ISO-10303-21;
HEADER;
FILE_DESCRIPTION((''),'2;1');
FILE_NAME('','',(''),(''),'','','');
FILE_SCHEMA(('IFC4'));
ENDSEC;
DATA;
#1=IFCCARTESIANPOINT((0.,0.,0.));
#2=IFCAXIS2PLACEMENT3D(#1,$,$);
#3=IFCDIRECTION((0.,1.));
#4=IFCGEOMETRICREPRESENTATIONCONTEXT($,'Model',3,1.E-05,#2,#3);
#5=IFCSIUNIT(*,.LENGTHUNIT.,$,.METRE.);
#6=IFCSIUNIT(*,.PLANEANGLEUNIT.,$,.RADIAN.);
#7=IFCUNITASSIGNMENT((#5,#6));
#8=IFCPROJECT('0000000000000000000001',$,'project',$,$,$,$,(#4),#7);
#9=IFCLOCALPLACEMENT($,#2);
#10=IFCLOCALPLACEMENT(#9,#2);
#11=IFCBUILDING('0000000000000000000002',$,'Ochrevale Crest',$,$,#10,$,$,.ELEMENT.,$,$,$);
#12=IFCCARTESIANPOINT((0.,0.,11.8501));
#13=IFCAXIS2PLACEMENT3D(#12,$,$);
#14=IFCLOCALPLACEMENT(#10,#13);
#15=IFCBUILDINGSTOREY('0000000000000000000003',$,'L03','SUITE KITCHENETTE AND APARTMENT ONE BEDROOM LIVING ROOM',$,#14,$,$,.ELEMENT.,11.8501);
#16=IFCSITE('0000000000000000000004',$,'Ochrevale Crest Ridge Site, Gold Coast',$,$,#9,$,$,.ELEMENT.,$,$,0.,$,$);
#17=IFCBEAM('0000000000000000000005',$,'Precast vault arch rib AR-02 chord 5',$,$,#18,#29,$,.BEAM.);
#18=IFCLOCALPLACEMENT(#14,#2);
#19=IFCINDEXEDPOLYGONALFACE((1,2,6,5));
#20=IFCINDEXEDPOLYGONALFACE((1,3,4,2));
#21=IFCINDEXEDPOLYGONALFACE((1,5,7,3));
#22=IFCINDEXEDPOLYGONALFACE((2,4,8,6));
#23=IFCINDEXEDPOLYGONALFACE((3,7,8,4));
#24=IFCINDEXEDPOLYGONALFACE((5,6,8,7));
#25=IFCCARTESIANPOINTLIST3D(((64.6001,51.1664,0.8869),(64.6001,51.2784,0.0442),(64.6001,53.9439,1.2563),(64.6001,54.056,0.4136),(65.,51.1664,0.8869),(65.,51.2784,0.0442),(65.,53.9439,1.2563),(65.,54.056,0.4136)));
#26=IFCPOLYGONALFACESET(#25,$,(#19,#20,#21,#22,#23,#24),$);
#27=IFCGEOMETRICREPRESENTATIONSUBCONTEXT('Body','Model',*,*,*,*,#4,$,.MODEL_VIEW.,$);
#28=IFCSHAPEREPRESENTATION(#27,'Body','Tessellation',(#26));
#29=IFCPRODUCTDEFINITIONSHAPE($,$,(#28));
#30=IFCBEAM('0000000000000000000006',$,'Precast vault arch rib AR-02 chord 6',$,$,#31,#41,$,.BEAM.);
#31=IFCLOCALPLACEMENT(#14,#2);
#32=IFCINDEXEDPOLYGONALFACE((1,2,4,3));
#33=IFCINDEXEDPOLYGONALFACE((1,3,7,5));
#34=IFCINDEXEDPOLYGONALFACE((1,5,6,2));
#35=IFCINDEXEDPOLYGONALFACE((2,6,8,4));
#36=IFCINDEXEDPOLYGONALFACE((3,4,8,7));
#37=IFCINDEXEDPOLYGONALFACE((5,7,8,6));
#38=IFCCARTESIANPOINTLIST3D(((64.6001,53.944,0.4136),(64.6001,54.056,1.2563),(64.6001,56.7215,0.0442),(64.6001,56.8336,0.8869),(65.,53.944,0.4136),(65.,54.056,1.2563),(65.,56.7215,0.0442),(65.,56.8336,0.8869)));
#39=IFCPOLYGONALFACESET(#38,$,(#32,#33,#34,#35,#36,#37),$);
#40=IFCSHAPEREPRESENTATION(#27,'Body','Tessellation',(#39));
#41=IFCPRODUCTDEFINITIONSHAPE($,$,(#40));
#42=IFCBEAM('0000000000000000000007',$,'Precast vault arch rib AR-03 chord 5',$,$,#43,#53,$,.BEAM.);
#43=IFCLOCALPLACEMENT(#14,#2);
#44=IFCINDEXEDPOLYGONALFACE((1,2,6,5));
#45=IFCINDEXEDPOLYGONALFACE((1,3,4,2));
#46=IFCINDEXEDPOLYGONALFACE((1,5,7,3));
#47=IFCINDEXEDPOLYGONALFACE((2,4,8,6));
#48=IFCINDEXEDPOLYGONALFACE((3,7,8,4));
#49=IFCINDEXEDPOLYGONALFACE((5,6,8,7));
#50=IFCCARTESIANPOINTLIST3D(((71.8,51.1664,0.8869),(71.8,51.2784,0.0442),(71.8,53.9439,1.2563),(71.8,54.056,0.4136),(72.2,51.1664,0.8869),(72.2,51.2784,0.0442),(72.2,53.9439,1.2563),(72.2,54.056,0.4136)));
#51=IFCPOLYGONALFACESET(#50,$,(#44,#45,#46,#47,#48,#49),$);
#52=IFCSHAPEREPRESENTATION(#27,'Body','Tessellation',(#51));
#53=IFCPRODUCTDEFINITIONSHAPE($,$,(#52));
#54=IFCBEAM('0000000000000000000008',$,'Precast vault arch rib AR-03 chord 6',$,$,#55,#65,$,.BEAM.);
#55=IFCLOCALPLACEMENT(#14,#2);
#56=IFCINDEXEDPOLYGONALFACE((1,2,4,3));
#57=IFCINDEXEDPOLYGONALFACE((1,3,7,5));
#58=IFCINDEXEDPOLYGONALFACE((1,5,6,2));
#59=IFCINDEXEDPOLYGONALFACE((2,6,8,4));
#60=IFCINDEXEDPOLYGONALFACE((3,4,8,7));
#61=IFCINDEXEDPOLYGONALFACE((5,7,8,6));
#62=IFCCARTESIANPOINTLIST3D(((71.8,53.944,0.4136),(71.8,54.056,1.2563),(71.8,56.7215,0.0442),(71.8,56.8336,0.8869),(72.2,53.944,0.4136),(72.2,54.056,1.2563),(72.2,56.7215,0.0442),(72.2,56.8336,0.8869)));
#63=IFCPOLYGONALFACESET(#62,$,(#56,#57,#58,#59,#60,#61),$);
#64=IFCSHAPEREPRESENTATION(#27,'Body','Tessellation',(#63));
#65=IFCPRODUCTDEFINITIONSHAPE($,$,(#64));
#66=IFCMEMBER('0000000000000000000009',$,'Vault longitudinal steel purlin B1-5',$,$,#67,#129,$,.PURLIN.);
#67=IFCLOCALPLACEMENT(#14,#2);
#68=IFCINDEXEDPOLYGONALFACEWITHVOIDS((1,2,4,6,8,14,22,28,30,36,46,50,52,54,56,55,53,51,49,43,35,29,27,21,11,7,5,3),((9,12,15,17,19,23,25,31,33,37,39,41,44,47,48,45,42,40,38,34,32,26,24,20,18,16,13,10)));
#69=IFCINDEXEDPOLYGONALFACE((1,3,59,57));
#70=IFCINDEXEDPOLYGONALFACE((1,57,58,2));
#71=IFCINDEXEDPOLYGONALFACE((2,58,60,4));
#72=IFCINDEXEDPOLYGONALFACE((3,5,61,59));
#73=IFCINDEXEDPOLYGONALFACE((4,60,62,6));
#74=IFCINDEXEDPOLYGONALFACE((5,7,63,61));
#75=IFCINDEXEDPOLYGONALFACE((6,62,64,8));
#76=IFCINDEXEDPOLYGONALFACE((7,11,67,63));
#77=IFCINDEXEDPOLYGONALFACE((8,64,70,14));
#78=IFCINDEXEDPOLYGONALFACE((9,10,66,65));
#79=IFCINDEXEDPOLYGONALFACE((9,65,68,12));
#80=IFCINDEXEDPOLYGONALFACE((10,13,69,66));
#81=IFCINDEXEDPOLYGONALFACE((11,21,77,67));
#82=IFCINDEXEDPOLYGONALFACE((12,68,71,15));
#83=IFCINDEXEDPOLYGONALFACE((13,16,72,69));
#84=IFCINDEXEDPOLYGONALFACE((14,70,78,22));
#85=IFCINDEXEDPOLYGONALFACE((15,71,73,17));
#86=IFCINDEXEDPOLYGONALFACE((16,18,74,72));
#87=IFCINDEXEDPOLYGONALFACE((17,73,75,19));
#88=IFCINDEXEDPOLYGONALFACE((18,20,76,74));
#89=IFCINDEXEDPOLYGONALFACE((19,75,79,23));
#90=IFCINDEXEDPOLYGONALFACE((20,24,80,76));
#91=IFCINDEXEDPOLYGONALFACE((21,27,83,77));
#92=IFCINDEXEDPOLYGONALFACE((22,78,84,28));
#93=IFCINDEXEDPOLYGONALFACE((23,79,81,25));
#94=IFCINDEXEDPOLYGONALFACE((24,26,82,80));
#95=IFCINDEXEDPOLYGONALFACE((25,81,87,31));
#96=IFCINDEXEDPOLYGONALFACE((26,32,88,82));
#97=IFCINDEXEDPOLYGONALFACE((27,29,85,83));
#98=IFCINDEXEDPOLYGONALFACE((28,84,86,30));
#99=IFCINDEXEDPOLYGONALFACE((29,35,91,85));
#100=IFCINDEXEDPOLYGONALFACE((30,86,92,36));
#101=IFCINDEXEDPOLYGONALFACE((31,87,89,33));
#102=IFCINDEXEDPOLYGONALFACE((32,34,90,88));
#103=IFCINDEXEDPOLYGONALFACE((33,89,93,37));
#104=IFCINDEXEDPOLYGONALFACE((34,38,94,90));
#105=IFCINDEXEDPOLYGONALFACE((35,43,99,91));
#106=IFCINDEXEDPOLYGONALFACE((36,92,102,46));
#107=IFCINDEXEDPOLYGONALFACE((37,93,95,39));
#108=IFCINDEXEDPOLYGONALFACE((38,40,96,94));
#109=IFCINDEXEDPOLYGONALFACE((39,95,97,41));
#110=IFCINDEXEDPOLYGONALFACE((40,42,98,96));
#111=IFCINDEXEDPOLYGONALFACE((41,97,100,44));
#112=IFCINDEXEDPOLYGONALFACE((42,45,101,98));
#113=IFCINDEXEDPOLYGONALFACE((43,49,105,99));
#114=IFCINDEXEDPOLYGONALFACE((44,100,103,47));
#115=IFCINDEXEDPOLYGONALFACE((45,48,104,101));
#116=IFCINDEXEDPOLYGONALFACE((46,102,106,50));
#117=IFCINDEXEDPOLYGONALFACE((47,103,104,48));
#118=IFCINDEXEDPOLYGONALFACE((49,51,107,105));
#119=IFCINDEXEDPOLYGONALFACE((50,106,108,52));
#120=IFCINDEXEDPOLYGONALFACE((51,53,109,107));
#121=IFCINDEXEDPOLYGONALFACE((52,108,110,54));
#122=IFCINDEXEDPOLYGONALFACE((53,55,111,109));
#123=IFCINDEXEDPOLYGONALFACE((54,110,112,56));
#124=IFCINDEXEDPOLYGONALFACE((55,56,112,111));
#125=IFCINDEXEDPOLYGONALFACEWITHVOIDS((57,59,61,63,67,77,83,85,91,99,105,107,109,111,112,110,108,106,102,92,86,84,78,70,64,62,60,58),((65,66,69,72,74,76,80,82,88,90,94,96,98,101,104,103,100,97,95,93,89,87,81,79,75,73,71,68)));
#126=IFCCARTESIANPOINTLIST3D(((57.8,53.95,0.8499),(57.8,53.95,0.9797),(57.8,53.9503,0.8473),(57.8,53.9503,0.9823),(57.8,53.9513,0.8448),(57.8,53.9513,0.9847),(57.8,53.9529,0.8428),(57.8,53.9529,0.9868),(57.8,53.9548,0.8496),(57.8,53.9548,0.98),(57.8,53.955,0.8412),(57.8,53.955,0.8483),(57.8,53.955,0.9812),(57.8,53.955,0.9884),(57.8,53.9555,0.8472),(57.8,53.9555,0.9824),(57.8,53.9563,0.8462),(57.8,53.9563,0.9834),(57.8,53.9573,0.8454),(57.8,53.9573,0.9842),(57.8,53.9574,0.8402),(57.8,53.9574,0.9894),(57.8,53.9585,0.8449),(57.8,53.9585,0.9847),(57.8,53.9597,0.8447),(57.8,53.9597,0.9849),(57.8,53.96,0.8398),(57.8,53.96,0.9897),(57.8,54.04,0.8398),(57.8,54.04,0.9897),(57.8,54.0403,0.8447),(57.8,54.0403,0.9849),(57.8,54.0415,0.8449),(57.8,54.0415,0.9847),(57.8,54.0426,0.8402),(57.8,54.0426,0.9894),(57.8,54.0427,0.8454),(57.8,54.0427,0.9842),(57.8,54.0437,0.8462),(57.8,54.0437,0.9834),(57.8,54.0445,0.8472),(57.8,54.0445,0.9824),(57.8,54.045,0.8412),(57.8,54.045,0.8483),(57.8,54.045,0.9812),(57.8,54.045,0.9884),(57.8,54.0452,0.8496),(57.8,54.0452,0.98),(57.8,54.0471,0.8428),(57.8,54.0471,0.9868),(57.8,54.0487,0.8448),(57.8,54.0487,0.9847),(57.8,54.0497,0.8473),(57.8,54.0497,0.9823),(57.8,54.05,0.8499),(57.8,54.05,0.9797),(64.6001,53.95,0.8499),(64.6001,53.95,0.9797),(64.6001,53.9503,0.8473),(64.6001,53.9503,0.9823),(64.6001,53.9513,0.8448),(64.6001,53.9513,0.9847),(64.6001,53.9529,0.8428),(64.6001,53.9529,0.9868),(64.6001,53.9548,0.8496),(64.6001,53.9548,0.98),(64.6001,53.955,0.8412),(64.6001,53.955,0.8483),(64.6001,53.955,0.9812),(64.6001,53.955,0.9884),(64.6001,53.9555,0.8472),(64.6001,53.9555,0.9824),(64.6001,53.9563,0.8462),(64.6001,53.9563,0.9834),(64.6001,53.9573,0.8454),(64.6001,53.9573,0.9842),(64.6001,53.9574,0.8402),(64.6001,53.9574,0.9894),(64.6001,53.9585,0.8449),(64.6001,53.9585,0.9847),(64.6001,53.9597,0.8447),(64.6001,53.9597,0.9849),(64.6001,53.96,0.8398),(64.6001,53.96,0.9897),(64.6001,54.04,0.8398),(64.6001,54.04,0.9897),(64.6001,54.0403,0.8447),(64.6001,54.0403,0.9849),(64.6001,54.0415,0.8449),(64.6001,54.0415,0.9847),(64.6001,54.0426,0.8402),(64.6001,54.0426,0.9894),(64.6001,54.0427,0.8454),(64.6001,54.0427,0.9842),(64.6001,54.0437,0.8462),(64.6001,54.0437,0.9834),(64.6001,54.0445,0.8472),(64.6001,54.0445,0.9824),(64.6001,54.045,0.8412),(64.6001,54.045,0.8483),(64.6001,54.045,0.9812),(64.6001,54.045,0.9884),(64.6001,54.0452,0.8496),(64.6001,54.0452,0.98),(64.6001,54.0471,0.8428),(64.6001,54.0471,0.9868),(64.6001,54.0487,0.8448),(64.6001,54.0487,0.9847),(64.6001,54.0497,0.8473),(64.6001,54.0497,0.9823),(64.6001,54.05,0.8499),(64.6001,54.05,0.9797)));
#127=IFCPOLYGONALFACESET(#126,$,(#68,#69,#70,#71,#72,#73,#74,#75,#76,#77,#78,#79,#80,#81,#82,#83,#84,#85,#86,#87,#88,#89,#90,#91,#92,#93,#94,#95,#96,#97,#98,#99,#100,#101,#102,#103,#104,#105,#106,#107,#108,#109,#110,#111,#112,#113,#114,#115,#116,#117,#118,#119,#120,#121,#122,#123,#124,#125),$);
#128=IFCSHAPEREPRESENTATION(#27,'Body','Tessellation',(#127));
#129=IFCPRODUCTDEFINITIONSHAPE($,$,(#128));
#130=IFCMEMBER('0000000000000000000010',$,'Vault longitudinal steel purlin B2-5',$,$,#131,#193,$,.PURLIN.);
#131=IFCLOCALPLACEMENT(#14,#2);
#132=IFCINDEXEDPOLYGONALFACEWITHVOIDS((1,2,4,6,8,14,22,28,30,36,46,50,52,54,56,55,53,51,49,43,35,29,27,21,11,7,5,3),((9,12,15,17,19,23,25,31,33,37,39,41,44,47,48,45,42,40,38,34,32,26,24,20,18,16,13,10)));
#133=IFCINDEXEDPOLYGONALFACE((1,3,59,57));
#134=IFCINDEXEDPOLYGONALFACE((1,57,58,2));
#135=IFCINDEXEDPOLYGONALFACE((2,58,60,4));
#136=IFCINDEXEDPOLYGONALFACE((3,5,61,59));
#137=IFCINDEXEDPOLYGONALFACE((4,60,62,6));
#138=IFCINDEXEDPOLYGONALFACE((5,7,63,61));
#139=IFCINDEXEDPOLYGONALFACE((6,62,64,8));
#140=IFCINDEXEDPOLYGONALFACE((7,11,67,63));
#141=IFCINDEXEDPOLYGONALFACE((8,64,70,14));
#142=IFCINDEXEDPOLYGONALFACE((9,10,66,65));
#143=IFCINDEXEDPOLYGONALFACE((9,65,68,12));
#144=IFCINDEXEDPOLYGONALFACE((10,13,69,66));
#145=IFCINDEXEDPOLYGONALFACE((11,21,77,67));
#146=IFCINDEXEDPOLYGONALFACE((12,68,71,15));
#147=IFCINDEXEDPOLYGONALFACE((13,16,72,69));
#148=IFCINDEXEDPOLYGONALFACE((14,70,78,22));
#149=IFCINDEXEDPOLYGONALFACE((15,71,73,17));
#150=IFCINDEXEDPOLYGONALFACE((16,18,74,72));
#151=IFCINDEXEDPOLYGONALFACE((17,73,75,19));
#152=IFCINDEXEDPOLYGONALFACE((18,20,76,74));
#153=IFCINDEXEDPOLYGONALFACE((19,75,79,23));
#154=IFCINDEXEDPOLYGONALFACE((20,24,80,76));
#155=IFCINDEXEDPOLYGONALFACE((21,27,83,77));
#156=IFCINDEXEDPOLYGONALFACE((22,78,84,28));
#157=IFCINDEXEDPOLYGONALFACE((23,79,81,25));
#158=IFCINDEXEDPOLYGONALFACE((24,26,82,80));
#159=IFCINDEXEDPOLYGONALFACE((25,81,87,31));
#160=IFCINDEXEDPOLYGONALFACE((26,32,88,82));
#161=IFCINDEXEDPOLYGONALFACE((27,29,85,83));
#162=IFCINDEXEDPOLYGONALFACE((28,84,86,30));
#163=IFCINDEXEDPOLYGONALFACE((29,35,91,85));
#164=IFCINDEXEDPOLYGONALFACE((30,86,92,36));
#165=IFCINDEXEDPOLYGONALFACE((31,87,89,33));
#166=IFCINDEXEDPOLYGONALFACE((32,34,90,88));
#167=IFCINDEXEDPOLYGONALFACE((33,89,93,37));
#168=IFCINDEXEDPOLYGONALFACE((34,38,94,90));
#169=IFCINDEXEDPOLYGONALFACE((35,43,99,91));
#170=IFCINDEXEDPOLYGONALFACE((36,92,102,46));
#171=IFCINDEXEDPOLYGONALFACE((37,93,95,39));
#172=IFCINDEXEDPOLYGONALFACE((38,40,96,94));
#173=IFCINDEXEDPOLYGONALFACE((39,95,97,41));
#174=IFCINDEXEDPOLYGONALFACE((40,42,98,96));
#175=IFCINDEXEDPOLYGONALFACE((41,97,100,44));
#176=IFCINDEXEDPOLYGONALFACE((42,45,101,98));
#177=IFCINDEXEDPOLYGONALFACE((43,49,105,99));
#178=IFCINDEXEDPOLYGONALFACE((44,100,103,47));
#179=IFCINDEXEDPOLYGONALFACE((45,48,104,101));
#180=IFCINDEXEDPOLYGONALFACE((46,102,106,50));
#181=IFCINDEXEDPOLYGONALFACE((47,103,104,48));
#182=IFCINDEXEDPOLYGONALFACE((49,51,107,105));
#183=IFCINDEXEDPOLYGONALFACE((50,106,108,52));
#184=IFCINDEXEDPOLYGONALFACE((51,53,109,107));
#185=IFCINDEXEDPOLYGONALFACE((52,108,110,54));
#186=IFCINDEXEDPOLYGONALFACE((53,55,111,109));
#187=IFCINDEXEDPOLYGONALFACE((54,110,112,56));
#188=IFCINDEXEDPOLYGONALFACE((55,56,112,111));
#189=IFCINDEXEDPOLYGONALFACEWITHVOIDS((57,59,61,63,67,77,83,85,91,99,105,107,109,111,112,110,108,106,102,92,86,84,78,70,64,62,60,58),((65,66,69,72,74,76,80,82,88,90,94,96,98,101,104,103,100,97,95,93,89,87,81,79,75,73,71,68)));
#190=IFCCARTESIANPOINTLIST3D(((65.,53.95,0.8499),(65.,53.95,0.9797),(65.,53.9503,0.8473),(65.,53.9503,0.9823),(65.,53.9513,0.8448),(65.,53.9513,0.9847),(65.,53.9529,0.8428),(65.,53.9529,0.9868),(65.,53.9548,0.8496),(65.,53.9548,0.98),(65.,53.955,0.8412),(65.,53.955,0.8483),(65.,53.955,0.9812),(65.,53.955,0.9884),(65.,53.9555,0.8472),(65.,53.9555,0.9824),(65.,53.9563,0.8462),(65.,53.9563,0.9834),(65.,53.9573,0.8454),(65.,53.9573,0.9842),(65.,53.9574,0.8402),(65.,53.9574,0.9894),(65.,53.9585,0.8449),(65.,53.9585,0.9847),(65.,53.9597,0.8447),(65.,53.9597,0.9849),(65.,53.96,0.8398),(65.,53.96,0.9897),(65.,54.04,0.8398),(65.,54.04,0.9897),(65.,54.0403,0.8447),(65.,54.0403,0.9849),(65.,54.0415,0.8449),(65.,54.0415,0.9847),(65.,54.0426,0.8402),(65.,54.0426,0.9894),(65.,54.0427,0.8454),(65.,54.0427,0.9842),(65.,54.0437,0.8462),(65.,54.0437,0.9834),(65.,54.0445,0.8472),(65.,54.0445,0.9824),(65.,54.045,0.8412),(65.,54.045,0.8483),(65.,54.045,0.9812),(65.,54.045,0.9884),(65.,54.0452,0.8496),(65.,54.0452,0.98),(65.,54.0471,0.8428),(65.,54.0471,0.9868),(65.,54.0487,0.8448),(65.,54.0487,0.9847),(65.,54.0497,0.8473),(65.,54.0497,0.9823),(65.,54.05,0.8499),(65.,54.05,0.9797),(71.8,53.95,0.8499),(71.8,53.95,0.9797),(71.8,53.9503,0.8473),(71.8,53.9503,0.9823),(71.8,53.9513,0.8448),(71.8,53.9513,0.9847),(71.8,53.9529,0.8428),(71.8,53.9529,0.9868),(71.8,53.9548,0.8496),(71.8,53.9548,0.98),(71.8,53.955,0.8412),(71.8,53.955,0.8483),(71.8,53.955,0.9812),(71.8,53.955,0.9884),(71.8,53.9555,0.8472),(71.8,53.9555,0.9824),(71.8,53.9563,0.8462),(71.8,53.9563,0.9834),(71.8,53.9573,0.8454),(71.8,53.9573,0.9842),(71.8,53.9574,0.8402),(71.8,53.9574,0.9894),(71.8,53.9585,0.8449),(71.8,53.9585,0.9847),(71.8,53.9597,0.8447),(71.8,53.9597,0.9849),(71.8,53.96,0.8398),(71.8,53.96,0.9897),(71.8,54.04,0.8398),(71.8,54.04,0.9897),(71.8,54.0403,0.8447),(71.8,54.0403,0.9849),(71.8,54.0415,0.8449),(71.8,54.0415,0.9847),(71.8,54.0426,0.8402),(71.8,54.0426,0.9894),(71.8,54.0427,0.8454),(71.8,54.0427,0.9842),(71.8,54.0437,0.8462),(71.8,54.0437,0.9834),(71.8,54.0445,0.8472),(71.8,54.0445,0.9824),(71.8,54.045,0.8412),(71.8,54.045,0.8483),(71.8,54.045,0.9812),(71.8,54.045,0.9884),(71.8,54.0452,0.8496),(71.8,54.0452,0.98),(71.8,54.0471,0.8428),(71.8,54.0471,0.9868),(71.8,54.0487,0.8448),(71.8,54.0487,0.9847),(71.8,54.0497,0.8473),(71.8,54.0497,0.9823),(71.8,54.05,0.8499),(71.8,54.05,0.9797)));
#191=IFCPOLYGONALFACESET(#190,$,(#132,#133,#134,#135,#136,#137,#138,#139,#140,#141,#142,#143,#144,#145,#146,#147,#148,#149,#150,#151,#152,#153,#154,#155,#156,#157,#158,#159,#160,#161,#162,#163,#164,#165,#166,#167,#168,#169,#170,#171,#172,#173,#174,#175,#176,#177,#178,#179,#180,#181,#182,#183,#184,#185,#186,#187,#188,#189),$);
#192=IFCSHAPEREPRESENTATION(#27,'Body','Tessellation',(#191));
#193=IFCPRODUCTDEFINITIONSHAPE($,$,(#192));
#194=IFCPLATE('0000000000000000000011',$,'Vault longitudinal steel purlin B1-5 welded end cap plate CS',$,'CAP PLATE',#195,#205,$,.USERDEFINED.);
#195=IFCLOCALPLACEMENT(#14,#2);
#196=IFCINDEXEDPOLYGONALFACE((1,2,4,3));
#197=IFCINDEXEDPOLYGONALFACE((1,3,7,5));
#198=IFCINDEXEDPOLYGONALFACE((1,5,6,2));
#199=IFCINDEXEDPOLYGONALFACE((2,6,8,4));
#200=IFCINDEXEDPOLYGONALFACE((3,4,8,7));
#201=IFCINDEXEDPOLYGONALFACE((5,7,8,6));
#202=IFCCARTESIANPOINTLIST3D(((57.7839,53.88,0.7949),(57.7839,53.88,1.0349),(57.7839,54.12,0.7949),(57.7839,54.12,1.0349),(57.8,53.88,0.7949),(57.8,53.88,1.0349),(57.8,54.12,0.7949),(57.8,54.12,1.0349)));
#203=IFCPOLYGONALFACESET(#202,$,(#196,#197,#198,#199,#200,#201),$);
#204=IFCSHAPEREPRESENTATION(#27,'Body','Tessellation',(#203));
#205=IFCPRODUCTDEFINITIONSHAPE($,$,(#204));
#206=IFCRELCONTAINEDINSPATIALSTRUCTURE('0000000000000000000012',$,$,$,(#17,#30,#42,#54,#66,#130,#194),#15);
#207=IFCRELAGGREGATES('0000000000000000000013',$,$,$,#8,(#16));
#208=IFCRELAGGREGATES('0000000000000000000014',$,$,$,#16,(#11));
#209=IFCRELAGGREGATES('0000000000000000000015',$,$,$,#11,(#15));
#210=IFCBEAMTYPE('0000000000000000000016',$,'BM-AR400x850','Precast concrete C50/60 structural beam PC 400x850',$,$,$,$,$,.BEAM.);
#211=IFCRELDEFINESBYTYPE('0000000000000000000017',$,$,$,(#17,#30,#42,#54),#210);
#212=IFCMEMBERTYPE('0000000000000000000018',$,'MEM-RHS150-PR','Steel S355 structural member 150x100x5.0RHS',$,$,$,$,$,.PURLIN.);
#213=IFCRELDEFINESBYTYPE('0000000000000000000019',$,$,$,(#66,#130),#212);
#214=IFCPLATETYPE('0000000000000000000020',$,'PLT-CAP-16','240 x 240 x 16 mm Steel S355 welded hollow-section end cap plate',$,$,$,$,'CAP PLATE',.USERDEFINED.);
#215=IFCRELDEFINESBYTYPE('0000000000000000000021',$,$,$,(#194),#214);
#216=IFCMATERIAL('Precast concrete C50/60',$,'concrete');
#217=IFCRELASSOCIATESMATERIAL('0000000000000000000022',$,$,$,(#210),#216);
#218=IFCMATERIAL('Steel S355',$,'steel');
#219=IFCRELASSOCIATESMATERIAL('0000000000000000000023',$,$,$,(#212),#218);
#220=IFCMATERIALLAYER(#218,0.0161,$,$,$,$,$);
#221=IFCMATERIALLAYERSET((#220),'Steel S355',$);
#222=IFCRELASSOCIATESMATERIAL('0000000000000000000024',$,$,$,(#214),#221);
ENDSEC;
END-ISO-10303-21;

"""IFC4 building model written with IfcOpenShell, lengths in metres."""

from ifc_helpers import new_model, si_unit, direction, frame, origin, origin_2d, place, context, subcontext, project, spatial, rectangle, hollow_rectangle, extrude, material, layer, layer_set, material_profile, profile_set, type_object, element, save


model = new_model("IFC4")

# Units and contexts
model_context = context("Model", 3, precision=1e-05, world=origin(), true_north=direction((0.0, 1.0)))
body_context = subcontext(model_context, "Body", "Model", "MODEL_VIEW")
ifc_project = project(units=[si_unit("LENGTHUNIT", "METRE"), si_unit("PLANEANGLEUNIT", "RADIAN")], contexts=[model_context])

# Site, building, storey
site_placement = place(None, origin())
site = spatial("IfcSite", under=ifc_project, at=site_placement, Name="Ochrevale Crest Ridge Site, Gold Coast", CompositionType="ELEMENT", RefElevation=0.0)
building_placement = place(site_placement, origin())
building = spatial("IfcBuilding", under=site, at=building_placement, Name="Ochrevale Crest", CompositionType="ELEMENT")
storey_placement = place(building_placement, frame((0.0, 0.0, 11.8501)))
storey = spatial("IfcBuildingStorey", under=building, at=storey_placement, Name="L03", Description="SUITE KITCHENETTE AND APARTMENT ONE BEDROOM LIVING ROOM", CompositionType="ELEMENT", Elevation=11.8501)

# Beams
ifc_material_1 = material(Name="Precast concrete C50/60", Category="concrete")
ifc_material_profile_1 = material_profile(ifc_material_1, rectangle(XDim=0.3999, YDim=0.8501, at=origin_2d()), Name="PC 400x850")
ifc_profile_set_1 = profile_set([ifc_material_profile_1], Name="Precast concrete C50/60")
beam_type = type_object("IfcBeamType", Name="BM-AR400x850", Description="Precast concrete C50/60 structural beam PC 400x850", PredefinedType="BEAM", material=ifc_profile_set_1)
for number, where, z_axis, x_axis, name in (
    (1, (64.8, 51.2224, 0.4656), (0.0, 0.991273, 0.131827), (-1.0, 0.0, 0.0), "Precast vault arch rib AR-02 chord 5"),
    (2, (64.8, 54.0, 0.835), (0.0, 0.991273, -0.131827), (-1.0, 0.0, 0.0), "Precast vault arch rib AR-02 chord 6"),
    (3, (72.0, 51.2224, 0.4656), (0.0, 0.991273, 0.131827), (-1.0, 0.0, 0.0), "Precast vault arch rib AR-03 chord 5"),
    (4, (72.0, 54.0, 0.835), (0.0, 0.991273, -0.131827), (-1.0, 0.0, 0.0), "Precast vault arch rib AR-03 chord 6"),
):
    element("IfcBeam", number, at=place(storey_placement, frame(where, z_axis=z_axis, x_axis=x_axis)), inside=storey, type_object=beam_type, Name=name, PredefinedType="BEAM", context=body_context, shape_type="SweptSolid", body=[
        extrude(rectangle(XDim=0.3999, YDim=0.8501, at=origin_2d()), origin(), (0.0, 0.0, 1.0), 2.802),
    ])

# Members
ifc_material_2 = material(Name="Steel S355", Category="steel")
ifc_material_profile_2 = material_profile(ifc_material_2, hollow_rectangle(XDim=0.1001, YDim=0.1499, WallThickness=0.0049, InnerFilletRadius=0.0049, OuterFilletRadius=0.01, at=origin_2d()), Name="150x100x5.0RHS")
ifc_profile_set_2 = profile_set([ifc_material_profile_2], Name="Steel S355")
member_type = type_object("IfcMemberType", Name="MEM-RHS150-PR", Description="Steel S355 structural member 150x100x5.0RHS", PredefinedType="PURLIN", material=ifc_profile_set_2)
for number, where, z_axis, x_axis, name in (
    (5, (57.8, 54.0, 0.9148), (1.0, 0.0, 0.0), (0.0, 1.0, 0.0), "Vault longitudinal steel purlin B1-5"),
    (6, (65.0, 54.0, 0.9148), (1.0, 0.0, 0.0), (0.0, 1.0, 0.0), "Vault longitudinal steel purlin B2-5"),
):
    element("IfcMember", number, at=place(storey_placement, frame(where, z_axis=z_axis, x_axis=x_axis)), inside=storey, type_object=member_type, Name=name, PredefinedType="PURLIN", context=body_context, shape_type="SweptSolid", body=[
        extrude(hollow_rectangle(XDim=0.1001, YDim=0.1499, WallThickness=0.0049, InnerFilletRadius=0.0049, OuterFilletRadius=0.01, at=origin_2d()), origin(), (0.0, 0.0, 1.0), 6.8),
    ])

# Plate
ifc_layer_1 = layer(ifc_material_2, 0.0161)
ifc_layer_set_1 = layer_set([ifc_layer_1], Name="Steel S355")
plate_type = type_object("IfcPlateType", Name="PLT-CAP-16", Description="240 x 240 x 16 mm Steel S355 welded hollow-section end cap plate", ElementType="CAP PLATE", PredefinedType="USERDEFINED", material=ifc_layer_set_1)
for number, where, z_axis, x_axis, name in (
    (7, (57.792, 54.0, 0.7949), (0.0, 0.0, 1.0), (1.0, 0.0, 0.0), "Vault longitudinal steel purlin B1-5 welded end cap plate CS"),
):
    element("IfcPlate", number, at=place(storey_placement, frame(where, z_axis=z_axis, x_axis=x_axis)), inside=storey, type_object=plate_type, Name=name, ObjectType="CAP PLATE", PredefinedType="USERDEFINED", context=body_context, shape_type="SweptSolid", body=[
        extrude(rectangle(XDim=0.0161, YDim=0.24, at=origin_2d()), origin(), (0.0, 0.0, 1.0), 0.24),
    ])

save(model, "model.ifc")
